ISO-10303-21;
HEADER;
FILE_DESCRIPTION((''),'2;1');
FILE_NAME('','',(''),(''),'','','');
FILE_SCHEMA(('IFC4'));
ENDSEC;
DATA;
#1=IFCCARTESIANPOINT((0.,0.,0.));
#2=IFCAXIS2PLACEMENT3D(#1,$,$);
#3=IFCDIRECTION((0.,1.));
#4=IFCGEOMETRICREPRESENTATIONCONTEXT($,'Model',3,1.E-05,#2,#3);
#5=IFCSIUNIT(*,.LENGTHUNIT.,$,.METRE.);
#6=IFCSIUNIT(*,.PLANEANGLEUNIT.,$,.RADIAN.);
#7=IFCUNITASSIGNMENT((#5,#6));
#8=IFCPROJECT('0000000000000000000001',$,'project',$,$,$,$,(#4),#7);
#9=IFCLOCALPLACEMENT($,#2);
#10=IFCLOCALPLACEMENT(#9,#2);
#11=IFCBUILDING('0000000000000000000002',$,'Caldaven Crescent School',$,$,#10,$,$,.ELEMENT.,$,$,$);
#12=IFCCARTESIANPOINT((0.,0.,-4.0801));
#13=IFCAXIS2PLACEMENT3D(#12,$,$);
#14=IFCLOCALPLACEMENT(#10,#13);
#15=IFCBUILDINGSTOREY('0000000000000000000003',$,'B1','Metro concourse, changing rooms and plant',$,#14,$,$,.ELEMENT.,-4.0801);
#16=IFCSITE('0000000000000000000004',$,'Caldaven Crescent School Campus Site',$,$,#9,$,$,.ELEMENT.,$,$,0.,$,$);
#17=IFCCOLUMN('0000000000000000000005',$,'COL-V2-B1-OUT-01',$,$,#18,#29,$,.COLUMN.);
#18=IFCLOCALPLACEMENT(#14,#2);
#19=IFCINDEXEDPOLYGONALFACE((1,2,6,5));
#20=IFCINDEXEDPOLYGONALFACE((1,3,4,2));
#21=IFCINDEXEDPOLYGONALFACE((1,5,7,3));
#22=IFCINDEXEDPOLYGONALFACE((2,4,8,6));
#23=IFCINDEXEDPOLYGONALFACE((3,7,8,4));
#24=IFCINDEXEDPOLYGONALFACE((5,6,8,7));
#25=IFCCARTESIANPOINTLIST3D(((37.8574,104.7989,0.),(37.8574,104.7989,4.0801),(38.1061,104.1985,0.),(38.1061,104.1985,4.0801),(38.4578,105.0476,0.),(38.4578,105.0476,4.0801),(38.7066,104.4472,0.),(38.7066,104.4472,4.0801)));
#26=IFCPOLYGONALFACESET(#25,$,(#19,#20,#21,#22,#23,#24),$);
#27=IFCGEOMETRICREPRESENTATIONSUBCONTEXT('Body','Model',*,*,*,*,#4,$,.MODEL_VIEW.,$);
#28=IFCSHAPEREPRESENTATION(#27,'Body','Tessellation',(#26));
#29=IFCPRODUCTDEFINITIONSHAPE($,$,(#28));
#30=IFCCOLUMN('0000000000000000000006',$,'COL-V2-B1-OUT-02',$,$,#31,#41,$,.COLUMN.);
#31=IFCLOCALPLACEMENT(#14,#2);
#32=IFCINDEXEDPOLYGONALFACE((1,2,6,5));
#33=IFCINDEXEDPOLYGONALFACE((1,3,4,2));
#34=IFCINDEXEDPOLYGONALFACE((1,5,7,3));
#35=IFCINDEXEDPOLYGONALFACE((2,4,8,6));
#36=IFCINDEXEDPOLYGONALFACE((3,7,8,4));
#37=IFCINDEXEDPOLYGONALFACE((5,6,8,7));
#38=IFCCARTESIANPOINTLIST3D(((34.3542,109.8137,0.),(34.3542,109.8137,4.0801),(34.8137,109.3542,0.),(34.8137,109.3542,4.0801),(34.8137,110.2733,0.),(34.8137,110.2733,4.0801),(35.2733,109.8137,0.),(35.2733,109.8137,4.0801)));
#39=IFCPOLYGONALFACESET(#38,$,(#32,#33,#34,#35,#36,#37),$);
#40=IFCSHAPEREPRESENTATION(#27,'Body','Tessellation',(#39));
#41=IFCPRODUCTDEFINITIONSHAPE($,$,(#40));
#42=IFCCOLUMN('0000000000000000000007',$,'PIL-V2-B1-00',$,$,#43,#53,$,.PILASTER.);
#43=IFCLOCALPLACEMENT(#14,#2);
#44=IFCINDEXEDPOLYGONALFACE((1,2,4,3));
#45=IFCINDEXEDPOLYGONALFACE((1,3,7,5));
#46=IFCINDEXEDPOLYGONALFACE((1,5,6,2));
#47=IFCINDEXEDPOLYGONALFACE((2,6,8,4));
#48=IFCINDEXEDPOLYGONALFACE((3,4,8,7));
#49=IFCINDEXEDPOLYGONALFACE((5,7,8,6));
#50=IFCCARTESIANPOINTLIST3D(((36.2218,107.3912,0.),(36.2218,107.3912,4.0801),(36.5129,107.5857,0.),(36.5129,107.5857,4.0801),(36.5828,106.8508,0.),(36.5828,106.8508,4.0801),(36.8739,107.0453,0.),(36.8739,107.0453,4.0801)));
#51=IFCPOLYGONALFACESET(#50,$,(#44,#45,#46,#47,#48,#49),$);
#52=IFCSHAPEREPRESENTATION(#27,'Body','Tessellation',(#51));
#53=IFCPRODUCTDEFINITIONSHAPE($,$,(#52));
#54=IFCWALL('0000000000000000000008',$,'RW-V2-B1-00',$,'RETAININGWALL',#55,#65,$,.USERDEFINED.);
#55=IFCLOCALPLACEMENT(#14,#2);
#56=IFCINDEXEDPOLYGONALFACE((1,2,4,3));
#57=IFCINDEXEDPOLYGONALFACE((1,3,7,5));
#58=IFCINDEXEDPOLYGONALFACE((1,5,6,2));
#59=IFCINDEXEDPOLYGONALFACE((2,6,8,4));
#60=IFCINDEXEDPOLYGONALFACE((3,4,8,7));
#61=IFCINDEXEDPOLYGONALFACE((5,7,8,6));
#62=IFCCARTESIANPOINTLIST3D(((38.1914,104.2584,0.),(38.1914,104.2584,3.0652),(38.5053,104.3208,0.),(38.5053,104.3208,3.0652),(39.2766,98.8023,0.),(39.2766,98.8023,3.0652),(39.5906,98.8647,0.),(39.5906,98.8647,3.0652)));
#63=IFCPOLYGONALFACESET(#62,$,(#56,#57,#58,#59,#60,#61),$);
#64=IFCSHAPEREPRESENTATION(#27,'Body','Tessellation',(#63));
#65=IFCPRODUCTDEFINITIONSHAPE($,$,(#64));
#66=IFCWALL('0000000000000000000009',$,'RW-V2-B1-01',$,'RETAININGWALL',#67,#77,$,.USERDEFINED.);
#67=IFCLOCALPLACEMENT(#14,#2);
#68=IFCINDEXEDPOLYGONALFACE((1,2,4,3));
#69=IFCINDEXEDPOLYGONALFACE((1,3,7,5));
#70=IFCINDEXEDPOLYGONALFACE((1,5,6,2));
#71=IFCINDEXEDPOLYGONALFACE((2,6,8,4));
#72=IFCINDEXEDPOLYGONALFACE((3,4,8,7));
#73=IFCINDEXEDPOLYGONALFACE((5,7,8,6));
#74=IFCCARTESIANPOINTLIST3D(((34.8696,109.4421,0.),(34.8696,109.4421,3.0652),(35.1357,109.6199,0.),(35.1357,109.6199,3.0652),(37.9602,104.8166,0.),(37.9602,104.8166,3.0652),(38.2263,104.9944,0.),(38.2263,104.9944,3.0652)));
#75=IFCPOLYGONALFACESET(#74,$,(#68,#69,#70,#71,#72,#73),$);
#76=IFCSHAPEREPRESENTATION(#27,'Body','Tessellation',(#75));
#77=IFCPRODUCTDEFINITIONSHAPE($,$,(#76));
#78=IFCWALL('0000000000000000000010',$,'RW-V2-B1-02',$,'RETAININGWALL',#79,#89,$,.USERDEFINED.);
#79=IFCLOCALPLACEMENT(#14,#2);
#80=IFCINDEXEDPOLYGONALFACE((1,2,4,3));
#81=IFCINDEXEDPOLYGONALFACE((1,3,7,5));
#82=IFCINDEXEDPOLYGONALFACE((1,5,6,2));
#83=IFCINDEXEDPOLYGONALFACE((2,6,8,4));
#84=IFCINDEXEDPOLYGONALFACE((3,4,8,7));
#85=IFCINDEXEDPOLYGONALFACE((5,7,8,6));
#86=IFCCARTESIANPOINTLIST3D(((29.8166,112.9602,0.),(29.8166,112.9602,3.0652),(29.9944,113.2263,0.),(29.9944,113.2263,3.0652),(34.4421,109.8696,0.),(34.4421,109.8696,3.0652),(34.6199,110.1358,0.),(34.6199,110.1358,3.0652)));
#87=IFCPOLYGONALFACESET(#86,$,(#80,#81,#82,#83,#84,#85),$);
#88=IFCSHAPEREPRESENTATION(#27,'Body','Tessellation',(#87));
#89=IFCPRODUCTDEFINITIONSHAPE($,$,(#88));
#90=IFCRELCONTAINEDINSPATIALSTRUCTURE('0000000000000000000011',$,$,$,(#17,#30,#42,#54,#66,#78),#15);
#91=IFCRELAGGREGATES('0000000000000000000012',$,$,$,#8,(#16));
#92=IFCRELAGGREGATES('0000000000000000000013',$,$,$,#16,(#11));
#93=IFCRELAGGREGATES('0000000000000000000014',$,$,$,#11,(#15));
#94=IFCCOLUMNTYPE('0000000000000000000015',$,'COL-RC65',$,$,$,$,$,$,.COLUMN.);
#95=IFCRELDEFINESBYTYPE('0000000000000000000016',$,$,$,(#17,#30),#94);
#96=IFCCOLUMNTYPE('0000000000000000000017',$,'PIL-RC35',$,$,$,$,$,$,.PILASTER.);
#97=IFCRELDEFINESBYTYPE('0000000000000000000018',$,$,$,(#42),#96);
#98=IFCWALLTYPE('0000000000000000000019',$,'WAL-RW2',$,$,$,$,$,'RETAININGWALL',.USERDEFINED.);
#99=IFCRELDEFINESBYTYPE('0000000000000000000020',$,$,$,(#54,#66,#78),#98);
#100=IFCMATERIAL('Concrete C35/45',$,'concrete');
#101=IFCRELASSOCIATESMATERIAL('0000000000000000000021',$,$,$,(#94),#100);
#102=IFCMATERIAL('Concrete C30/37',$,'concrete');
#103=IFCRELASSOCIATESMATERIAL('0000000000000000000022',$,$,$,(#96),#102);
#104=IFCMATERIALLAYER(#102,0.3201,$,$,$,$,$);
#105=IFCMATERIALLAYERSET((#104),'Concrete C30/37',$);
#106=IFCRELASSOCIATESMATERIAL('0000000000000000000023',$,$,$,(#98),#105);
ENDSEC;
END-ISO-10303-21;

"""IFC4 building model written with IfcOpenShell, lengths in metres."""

from ifc_helpers import new_model, si_unit, direction, frame, frame_2d, origin, origin_2d, place, context, subcontext, project, spatial, rectangle, extrude, material, layer, layer_set, material_profile, profile_set, type_object, element, save


model = new_model("IFC4")

# Units and contexts
model_context = context("Model", 3, precision=1e-05, world=origin(), true_north=direction((0.0, 1.0)))
body_context = subcontext(model_context, "Body", "Model", "MODEL_VIEW")
ifc_project = project(units=[si_unit("LENGTHUNIT", "METRE"), si_unit("PLANEANGLEUNIT", "RADIAN")], contexts=[model_context])

# Site, building, storey
site_placement = place(None, origin())
site = spatial("IfcSite", under=ifc_project, at=site_placement, Name="Caldaven Crescent School Campus Site", CompositionType="ELEMENT", RefElevation=0.0)
building_placement = place(site_placement, origin())
building = spatial("IfcBuilding", under=site, at=building_placement, Name="Caldaven Crescent School", CompositionType="ELEMENT")
storey_placement = place(building_placement, frame((0.0, 0.0, -4.0801)))
storey = spatial("IfcBuildingStorey", under=building, at=storey_placement, Name="B1", Description="Metro concourse, changing rooms and plant", CompositionType="ELEMENT", Elevation=-4.0801)

# Shared definitions
ifc_material_1 = material(Name="Concrete C30/37", Category="concrete")
ifc_material_2 = material(Name="Concrete C35/45", Category="concrete")

# Columns
ifc_material_profile_1 = material_profile(ifc_material_2, rectangle(XDim=0.6499, YDim=0.6499, at=origin_2d()), Name="RC 650x650")
ifc_profile_set_1 = profile_set([ifc_material_profile_1], Name="Concrete C35/45")
column_type_1 = type_object("IfcColumnType", Name="COL-RC65", PredefinedType="COLUMN", material=ifc_profile_set_1)
for number, where, z_axis, x_axis, name in (
    (1, (38.282, 104.623, 0.0), (0.0, 0.0, 1.0), (0.92388, 0.382683, 0.0), "COL-V2-B1-OUT-01"),
    (2, (34.8137, 109.8137, 0.0), (0.0, 0.0, 1.0), (0.707107, 0.707107, 0.0), "COL-V2-B1-OUT-02"),
):
    element("IfcColumn", number, at=place(storey_placement, frame(where, z_axis=z_axis, x_axis=x_axis)), inside=storey, type_object=column_type_1, Name=name, PredefinedType="COLUMN", context=body_context, shape_type="SweptSolid", body=[
        extrude(rectangle(XDim=0.6499, YDim=0.6499, at=origin_2d()), origin(), (0.0, 0.0, 1.0), 4.0801),
    ])
ifc_material_profile_2 = material_profile(ifc_material_1, rectangle(XDim=0.3501, YDim=0.6499, at=origin_2d()), Name="RC 350x650")
ifc_profile_set_2 = profile_set([ifc_material_profile_2], Name="Concrete C30/37")
column_type_2 = type_object("IfcColumnType", Name="PIL-RC35", PredefinedType="PILASTER", material=ifc_profile_set_2)
column_placement = place(storey_placement, frame((36.5479, 107.2183, 0.0), z_axis=(0.0, 0.0, 1.0), x_axis=(0.83147, 0.55557, 0.0)))
element("IfcColumn", 3, at=column_placement, inside=storey, type_object=column_type_2, Name="PIL-V2-B1-00", PredefinedType="PILASTER", context=body_context, shape_type="SweptSolid", body=[
    extrude(rectangle(XDim=0.3501, YDim=0.6499, at=origin_2d()), origin(), (0.0, 0.0, 1.0), 4.0801),
])

# Walls
ifc_layer = layer(ifc_material_1, 0.3201)
ifc_layer_set = layer_set([ifc_layer], Name="Concrete C30/37")
wall_type = type_object("IfcWallType", Name="WAL-RW2", ElementType="RETAININGWALL", PredefinedType="USERDEFINED", material=ifc_layer_set)
for number, where, z_axis, x_axis, name in (
    (4, (39.4336, 98.8335, 0.0), (0.0, 0.0, 1.0), (-0.195078, 0.980788, 0.0), "RW-V2-B1-00"),
    (5, (38.0933, 104.9055, 0.0), (0.0, 0.0, 1.0), (-0.555561, 0.831476, 0.0), "RW-V2-B1-01"),
    (6, (34.531, 110.0027, 0.0), (0.0, 0.0, 1.0), (-0.831476, 0.555561, 0.0), "RW-V2-B1-02"),
):
    element("IfcWall", number, at=place(storey_placement, frame(where, z_axis=z_axis, x_axis=x_axis)), inside=storey, type_object=wall_type, Name=name, ObjectType="RETAININGWALL", PredefinedType="USERDEFINED", context=body_context, shape_type="SweptSolid", body=[
        extrude(rectangle(XDim=5.563, YDim=0.3201, at=frame_2d((2.7815, 0.0))), origin(), (0.0, 0.0, 1.0), 3.0652),
    ])

save(model, "model.ifc")
